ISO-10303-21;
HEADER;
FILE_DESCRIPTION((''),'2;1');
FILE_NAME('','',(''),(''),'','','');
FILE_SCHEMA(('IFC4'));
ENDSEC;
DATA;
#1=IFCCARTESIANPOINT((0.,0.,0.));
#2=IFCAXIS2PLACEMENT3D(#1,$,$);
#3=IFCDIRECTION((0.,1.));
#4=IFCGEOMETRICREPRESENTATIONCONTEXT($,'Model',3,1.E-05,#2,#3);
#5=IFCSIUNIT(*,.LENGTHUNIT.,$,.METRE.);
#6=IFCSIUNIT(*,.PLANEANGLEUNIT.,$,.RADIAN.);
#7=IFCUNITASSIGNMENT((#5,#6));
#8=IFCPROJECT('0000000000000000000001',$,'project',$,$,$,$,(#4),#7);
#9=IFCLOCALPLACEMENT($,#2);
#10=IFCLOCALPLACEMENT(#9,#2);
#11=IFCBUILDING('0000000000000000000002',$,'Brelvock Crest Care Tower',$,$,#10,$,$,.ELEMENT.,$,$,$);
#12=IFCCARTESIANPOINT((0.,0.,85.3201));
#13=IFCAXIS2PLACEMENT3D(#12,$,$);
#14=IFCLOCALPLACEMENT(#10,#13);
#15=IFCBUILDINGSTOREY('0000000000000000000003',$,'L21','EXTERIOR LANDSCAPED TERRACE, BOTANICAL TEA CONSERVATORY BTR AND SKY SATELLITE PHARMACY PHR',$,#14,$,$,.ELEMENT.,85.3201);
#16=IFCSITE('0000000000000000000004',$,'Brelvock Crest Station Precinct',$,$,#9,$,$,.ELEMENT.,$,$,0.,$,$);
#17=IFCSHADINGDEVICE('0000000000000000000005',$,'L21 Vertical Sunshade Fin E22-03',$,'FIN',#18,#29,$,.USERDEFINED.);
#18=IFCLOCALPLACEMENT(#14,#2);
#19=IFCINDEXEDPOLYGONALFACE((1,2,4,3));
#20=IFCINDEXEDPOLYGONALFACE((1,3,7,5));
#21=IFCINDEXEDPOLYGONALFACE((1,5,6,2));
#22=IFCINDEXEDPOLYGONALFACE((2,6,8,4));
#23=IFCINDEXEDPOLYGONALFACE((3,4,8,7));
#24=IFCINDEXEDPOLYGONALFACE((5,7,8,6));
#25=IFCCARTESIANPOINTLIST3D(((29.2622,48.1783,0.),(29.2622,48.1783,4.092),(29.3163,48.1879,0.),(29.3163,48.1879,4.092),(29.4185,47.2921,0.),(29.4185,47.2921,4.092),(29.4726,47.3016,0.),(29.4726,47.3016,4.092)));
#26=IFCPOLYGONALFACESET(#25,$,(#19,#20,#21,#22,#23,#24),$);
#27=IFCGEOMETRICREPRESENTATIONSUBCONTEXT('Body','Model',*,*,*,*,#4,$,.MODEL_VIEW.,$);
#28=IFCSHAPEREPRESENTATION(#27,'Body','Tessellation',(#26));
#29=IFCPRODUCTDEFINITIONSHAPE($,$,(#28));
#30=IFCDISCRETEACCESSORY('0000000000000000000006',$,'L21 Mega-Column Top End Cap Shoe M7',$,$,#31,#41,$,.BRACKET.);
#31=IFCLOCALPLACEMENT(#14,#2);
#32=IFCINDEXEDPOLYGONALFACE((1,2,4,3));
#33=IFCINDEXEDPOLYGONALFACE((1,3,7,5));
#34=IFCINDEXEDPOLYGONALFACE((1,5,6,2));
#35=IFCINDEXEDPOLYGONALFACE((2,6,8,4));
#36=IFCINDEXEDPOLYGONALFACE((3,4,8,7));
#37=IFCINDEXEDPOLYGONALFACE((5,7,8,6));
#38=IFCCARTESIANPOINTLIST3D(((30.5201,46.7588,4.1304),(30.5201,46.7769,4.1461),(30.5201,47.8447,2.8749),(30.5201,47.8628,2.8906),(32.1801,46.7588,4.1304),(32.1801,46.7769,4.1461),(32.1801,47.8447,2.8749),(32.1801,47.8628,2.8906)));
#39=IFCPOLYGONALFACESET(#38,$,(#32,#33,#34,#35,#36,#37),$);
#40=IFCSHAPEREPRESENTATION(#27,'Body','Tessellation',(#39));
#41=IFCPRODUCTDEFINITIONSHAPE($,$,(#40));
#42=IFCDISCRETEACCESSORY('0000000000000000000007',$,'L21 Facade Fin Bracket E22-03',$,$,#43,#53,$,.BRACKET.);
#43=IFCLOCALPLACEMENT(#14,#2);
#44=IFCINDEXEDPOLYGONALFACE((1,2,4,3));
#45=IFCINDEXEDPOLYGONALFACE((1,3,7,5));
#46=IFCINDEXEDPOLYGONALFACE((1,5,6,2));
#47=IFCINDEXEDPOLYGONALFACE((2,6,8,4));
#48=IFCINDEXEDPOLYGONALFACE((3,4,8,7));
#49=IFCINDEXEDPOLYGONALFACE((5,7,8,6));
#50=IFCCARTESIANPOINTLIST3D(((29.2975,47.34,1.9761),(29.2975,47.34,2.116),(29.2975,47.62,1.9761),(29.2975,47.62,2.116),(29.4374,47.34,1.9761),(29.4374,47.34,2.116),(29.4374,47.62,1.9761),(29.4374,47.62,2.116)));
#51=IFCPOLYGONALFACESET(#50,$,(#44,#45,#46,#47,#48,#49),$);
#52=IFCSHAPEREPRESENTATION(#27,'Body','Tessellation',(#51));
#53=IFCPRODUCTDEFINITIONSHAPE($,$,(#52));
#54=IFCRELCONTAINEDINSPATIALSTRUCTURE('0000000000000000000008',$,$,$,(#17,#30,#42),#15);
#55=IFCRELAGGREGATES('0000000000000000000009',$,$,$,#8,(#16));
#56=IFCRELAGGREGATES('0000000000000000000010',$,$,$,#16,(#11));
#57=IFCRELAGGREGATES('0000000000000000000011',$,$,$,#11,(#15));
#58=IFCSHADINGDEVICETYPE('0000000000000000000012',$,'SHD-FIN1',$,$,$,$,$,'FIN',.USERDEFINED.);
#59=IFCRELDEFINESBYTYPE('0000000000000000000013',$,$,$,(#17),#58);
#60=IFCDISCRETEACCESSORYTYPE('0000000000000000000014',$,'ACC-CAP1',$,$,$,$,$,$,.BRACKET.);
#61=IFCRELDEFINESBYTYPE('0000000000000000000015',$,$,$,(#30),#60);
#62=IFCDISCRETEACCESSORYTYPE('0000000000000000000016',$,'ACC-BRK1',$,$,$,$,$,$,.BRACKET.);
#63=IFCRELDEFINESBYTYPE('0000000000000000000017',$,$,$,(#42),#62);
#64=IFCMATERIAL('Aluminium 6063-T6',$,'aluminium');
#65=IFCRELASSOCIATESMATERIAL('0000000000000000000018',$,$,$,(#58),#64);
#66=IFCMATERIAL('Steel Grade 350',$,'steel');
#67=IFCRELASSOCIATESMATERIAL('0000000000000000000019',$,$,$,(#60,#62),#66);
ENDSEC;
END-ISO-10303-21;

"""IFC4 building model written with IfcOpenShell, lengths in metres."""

from ifc_helpers import new_model, si_unit, direction, frame, origin, origin_2d, place, context, subcontext, project, spatial, rectangle, extrude, source, transform, mapped, material, material_profile, profile_set, type_object, element, save


model = new_model("IFC4")

# Units and contexts
model_context = context("Model", 3, precision=1e-05, world=origin(), true_north=direction((0.0, 1.0)))
body_context = subcontext(model_context, "Body", "Model", "MODEL_VIEW")
ifc_project = project(units=[si_unit("LENGTHUNIT", "METRE"), si_unit("PLANEANGLEUNIT", "RADIAN")], contexts=[model_context])

# Site, building, storey
site_placement = place(None, origin())
site = spatial("IfcSite", under=ifc_project, at=site_placement, Name="Brelvock Crest Station Precinct", CompositionType="ELEMENT", RefElevation=0.0)
building_placement = place(site_placement, origin())
building = spatial("IfcBuilding", under=site, at=building_placement, Name="Brelvock Crest Care Tower", CompositionType="ELEMENT")
storey_placement = place(building_placement, frame((0.0, 0.0, 85.3201)))
storey = spatial("IfcBuildingStorey", under=building, at=storey_placement, Name="L21", Description="EXTERIOR LANDSCAPED TERRACE, BOTANICAL TEA CONSERVATORY BTR AND SKY SATELLITE PHARMACY PHR", CompositionType="ELEMENT", Elevation=85.3201)

# Shared definitions
ifc_material_1 = material(Name="Steel Grade 350", Category="steel")

# Shared definitions
ifc_material_2 = material(Name="Aluminium 6063-T6", Category="aluminium")

# Shading device
ifc_material_profile_1 = material_profile(ifc_material_2, rectangle(XDim=0.0549, YDim=0.8999, at=origin_2d()), Name="FIN55x900")
ifc_profile_set_1 = profile_set([ifc_material_profile_1], Name="Aluminium 6063-T6")
shading_device_type = type_object("IfcShadingDeviceType", Name="SHD-FIN1", ElementType="FIN", PredefinedType="USERDEFINED", material=ifc_profile_set_1)
shared_shape_1 = source(origin(), body_context, "Body", "SweptSolid", [
    extrude(rectangle(XDim=0.0549, YDim=0.8999, at=origin_2d()), origin(), (0.0, 0.0, 1.0), 4.092),
])
shading_device_placement = place(storey_placement, frame((29.3674, 47.74, 0.0), z_axis=(0.0, 0.0, 1.0), x_axis=(0.984808, 0.173648, 0.0)))
element("IfcShadingDevice", 1, at=shading_device_placement, inside=storey, type_object=shading_device_type, Name="L21 Vertical Sunshade Fin E22-03", ObjectType="FIN", PredefinedType="USERDEFINED", context=body_context, shape_type="MappedRepresentation", body=[
    mapped(shared_shape_1, transform((0.0, 0.0, 0.0), x_axis=(1.0, 0.0, 0.0), y_axis=(0.0, 1.0, 0.0), z_axis=(0.0, 0.0, 1.0), scale=1.0)),
])

# Discrete accessories
ifc_material_profile_2 = material_profile(ifc_material_1, rectangle(XDim=1.6599, YDim=1.6599, at=origin_2d()), Name="ACC-CAP1")
ifc_profile_set_2 = profile_set([ifc_material_profile_2], Name="Steel Grade 350")
discrete_accessory_type_1 = type_object("IfcDiscreteAccessoryType", Name="ACC-CAP1", PredefinedType="BRACKET", material=ifc_profile_set_2)
shared_shape_2 = source(origin(), body_context, "Body", "SweptSolid", [
    extrude(rectangle(XDim=1.6599, YDim=1.6599, at=origin_2d()), origin(), (0.0, 0.0, 1.0), 0.0239),
])
discrete_accessory_1_placement = place(storey_placement, frame((31.3501, 47.3018, 3.5027), z_axis=(0.0, 0.756363, 0.654152), x_axis=(-1.0, 0.0, 0.0)))
element("IfcDiscreteAccessory", 2, at=discrete_accessory_1_placement, inside=storey, type_object=discrete_accessory_type_1, Name="L21 Mega-Column Top End Cap Shoe M7", PredefinedType="BRACKET", context=body_context, shape_type="MappedRepresentation", body=[
    mapped(shared_shape_2, transform((0.0, 0.0, 0.0), x_axis=(1.0, 0.0, 0.0), y_axis=(0.0, 1.0, 0.0), z_axis=(0.0, 0.0, 1.0), scale=1.0)),
])
discrete_accessory_type_2 = type_object("IfcDiscreteAccessoryType", Name="ACC-BRK1", PredefinedType="BRACKET", material=ifc_material_1)
shared_shape_3 = source(origin(), body_context, "Body", "SweptSolid", [
    extrude(rectangle(XDim=0.28, YDim=0.1399, at=origin_2d()), origin(), (0.0, 0.0, 1.0), 0.1399),
])
discrete_accessory_2_placement = place(storey_placement, frame((29.3674, 47.48, 1.9761), z_axis=(0.0, 0.0, 1.0), x_axis=(0.0, 1.0, 0.0)))
element("IfcDiscreteAccessory", 3, at=discrete_accessory_2_placement, inside=storey, type_object=discrete_accessory_type_2, Name="L21 Facade Fin Bracket E22-03", PredefinedType="BRACKET", context=body_context, shape_type="MappedRepresentation", body=[
    mapped(shared_shape_3, transform((0.0, 0.0, 0.0), x_axis=(1.0, 0.0, 0.0), y_axis=(0.0, 1.0, 0.0), z_axis=(0.0, 0.0, 1.0), scale=1.0)),
])

save(model, "model.ifc")
